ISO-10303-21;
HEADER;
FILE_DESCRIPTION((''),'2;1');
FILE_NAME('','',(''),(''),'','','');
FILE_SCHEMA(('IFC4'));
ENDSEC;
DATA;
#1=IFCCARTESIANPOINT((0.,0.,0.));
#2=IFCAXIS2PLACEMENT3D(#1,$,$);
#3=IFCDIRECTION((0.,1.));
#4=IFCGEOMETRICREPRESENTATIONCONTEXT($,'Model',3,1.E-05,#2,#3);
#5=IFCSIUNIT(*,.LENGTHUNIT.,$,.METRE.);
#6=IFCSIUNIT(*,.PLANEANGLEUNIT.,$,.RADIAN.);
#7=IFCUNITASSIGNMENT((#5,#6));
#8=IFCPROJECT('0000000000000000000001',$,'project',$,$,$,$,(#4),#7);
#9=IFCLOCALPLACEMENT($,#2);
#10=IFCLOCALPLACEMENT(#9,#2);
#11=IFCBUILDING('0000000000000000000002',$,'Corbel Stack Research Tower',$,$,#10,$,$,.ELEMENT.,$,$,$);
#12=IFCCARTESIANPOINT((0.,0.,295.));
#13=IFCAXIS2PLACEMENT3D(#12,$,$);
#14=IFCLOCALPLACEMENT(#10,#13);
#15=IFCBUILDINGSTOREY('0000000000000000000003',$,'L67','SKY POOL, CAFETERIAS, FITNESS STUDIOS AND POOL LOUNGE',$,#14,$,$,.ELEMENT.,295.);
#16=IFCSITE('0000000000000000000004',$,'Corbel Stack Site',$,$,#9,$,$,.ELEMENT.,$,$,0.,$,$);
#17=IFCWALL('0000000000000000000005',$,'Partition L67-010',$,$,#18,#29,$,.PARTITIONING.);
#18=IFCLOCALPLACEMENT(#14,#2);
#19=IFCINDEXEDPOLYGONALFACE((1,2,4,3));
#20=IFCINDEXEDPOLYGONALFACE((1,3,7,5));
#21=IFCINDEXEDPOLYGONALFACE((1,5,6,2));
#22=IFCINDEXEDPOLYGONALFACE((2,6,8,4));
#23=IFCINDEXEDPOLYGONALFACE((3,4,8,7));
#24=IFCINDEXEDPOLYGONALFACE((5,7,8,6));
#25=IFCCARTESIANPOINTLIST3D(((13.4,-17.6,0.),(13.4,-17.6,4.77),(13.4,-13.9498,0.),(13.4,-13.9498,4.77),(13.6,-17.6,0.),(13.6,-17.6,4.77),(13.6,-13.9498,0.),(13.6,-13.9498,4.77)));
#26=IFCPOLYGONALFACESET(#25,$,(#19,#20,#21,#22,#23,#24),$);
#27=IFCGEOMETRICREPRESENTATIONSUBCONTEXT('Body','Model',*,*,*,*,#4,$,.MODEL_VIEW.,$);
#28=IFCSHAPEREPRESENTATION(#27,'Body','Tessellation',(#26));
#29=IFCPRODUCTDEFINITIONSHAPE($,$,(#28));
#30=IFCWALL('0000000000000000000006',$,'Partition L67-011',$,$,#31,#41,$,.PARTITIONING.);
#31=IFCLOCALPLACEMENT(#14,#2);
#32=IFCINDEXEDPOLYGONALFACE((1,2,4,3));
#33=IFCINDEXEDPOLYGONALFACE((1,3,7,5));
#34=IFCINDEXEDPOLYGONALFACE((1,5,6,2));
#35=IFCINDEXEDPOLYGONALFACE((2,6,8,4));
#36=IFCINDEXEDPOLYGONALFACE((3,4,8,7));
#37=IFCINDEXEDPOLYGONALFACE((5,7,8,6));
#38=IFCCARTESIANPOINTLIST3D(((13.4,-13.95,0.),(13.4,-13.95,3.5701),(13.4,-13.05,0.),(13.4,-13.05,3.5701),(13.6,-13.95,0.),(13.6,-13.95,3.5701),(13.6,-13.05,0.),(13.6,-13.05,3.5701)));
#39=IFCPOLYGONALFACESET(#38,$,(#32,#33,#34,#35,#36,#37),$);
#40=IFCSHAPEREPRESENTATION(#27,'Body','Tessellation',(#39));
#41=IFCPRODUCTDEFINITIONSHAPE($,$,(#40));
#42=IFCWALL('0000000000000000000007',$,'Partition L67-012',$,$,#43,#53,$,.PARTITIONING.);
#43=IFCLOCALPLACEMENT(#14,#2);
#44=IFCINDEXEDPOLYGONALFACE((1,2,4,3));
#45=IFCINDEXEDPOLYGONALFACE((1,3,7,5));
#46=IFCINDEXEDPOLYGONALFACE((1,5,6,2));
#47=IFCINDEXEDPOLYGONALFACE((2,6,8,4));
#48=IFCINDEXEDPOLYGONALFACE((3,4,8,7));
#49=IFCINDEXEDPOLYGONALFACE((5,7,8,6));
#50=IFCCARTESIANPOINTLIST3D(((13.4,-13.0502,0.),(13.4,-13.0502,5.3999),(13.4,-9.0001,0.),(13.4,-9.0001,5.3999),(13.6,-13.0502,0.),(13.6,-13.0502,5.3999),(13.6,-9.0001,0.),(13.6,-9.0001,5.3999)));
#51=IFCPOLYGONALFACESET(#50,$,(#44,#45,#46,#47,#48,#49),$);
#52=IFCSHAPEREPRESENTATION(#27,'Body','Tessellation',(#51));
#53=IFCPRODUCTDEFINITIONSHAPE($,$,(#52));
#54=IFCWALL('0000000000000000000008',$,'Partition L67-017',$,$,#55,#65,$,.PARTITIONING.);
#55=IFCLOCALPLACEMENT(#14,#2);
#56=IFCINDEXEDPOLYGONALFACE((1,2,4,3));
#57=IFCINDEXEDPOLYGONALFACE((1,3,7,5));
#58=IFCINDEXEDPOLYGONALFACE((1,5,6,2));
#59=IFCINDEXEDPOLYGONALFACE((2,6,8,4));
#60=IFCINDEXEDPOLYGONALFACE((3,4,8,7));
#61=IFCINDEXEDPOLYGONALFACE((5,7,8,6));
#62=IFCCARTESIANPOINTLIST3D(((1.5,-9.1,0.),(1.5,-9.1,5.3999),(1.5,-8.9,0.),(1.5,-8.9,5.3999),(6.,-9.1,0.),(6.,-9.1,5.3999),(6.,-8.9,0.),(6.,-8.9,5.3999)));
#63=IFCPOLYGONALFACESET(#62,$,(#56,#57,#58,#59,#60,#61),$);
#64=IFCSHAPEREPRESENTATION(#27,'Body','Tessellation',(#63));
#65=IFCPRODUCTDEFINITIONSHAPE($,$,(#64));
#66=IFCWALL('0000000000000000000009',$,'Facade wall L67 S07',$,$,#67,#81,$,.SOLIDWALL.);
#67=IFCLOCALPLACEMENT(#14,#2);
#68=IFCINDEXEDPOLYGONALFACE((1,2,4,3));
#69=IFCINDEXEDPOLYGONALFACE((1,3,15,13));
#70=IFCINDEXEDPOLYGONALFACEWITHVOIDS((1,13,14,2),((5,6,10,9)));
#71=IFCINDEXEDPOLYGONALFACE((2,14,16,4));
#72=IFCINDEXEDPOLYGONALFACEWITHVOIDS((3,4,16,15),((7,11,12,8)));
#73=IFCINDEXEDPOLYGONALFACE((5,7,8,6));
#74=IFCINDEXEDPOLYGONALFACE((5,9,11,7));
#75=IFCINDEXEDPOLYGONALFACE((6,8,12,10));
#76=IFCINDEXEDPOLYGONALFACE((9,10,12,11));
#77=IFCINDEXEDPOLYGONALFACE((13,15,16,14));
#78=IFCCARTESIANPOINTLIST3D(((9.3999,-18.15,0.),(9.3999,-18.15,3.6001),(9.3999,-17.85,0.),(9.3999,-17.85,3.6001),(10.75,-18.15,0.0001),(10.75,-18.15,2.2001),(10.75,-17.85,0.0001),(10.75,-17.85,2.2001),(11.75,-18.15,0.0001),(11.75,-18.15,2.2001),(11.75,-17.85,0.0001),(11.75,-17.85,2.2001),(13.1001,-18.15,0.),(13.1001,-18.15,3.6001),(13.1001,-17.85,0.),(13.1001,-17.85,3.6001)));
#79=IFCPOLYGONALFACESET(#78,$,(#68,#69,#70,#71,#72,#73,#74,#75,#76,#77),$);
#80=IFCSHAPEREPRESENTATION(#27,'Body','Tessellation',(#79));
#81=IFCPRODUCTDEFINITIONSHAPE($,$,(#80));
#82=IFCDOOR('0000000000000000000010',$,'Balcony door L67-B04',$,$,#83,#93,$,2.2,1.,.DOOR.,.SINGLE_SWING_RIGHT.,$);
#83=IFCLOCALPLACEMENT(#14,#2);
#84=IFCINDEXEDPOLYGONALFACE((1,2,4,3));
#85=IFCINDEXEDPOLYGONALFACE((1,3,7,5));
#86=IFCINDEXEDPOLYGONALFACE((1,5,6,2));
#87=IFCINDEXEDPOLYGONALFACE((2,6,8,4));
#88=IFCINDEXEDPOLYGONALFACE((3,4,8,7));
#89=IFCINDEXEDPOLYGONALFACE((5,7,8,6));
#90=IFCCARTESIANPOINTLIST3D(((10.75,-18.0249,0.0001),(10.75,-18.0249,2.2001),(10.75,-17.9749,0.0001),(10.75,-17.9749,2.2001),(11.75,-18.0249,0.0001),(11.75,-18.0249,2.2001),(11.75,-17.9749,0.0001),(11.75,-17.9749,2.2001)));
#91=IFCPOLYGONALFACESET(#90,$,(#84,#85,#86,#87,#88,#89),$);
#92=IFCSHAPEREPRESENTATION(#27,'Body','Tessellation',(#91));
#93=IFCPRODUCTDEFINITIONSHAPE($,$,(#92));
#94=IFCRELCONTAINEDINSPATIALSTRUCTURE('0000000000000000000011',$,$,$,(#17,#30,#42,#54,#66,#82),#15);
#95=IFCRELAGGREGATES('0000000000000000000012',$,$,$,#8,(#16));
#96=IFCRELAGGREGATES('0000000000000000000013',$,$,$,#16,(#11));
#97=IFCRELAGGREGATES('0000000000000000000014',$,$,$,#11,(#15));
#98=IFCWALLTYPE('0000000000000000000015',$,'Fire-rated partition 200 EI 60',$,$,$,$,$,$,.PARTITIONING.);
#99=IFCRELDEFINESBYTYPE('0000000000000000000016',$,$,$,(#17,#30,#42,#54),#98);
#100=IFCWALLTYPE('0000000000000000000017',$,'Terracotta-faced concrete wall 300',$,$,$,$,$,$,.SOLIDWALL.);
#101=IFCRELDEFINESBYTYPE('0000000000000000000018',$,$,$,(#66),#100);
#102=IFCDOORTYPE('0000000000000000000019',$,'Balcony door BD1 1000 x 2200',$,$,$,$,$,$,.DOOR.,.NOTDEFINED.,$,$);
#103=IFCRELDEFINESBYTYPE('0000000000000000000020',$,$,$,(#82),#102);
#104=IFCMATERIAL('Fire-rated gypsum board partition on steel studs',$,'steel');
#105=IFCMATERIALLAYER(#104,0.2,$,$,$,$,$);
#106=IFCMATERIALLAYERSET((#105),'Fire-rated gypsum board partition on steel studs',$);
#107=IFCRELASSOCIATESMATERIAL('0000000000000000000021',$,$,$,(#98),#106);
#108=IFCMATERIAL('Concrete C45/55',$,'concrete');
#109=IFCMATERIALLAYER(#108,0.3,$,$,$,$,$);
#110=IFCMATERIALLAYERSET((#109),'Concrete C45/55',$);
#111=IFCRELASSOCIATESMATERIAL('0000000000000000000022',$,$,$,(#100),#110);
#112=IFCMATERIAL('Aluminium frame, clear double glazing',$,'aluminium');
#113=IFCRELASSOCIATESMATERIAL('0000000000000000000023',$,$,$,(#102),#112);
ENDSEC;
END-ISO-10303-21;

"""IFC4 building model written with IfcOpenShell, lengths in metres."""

from ifc_helpers import new_model, si_unit, direction, frame, frame_2d, origin, place, context, subcontext, project, spatial, rectangle, extrude, material, layer, layer_set, type_object, element, fill, save


model = new_model("IFC4")

# Units and contexts
model_context = context("Model", 3, precision=1e-05, world=origin(), true_north=direction((0.0, 1.0)))
body_context = subcontext(model_context, "Body", "Model", "MODEL_VIEW")
ifc_project = project(units=[si_unit("LENGTHUNIT", "METRE"), si_unit("PLANEANGLEUNIT", "RADIAN")], contexts=[model_context])

# Site, building, storey
site_placement = place(None, origin())
site = spatial("IfcSite", under=ifc_project, at=site_placement, Name="Corbel Stack Site", CompositionType="ELEMENT", RefElevation=0.0)
building_placement = place(site_placement, origin())
building = spatial("IfcBuilding", under=site, at=building_placement, Name="Corbel Stack Research Tower", CompositionType="ELEMENT")
storey_placement = place(building_placement, frame((0.0, 0.0, 295.0)))
storey = spatial("IfcBuildingStorey", under=building, at=storey_placement, Name="L67", Description="SKY POOL, CAFETERIAS, FITNESS STUDIOS AND POOL LOUNGE", CompositionType="ELEMENT", Elevation=295.0)

# Walls
ifc_material_1 = material(Name="Fire-rated gypsum board partition on steel studs", Category="steel")
ifc_layer_1 = layer(ifc_material_1, 0.2)
ifc_layer_set_1 = layer_set([ifc_layer_1], Name="Fire-rated gypsum board partition on steel studs")
wall_type_1 = type_object("IfcWallType", Name="Fire-rated partition 200 EI 60", PredefinedType="PARTITIONING", material=ifc_layer_set_1)
wall_1_placement = place(storey_placement, frame((13.5, -17.6001, 0.0), z_axis=(0.0, 0.0, 1.0), x_axis=(0.0, 1.0, 0.0)))
element("IfcWall", 1, at=wall_1_placement, inside=storey, type_object=wall_type_1, Name="Partition L67-010", PredefinedType="PARTITIONING", context=body_context, shape_type="SweptSolid", body=[
    extrude(rectangle(XDim=3.6501, YDim=0.2, at=frame_2d((1.8252, 0.0))), origin(), (0.0, 0.0, 1.0), 4.77),
])
wall_2_placement = place(storey_placement, frame((13.5, -13.95, 0.0), z_axis=(0.0, 0.0, 1.0), x_axis=(0.0, 1.0, 0.0)))
element("IfcWall", 2, at=wall_2_placement, inside=storey, type_object=wall_type_1, Name="Partition L67-011", PredefinedType="PARTITIONING", context=body_context, shape_type="SweptSolid", body=[
    extrude(rectangle(XDim=0.8999, YDim=0.2, at=frame_2d((0.45, 0.0))), origin(), (0.0, 0.0, 1.0), 3.5701),
])
wall_3_placement = place(storey_placement, frame((13.5, -13.05, 0.0), z_axis=(0.0, 0.0, 1.0), x_axis=(0.0, 1.0, 0.0)))
element("IfcWall", 3, at=wall_3_placement, inside=storey, type_object=wall_type_1, Name="Partition L67-012", PredefinedType="PARTITIONING", context=body_context, shape_type="SweptSolid", body=[
    extrude(rectangle(XDim=4.05, YDim=0.2, at=frame_2d((2.0249, 0.0))), origin(), (0.0, 0.0, 1.0), 5.3999),
])
wall_4_placement = place(storey_placement, frame((1.5, -9.0, 0.0), z_axis=(0.0, 0.0, 1.0), x_axis=(1.0, 0.0, 0.0)))
element("IfcWall", 4, at=wall_4_placement, inside=storey, type_object=wall_type_1, Name="Partition L67-017", PredefinedType="PARTITIONING", context=body_context, shape_type="SweptSolid", body=[
    extrude(rectangle(XDim=4.5, YDim=0.2, at=frame_2d((2.25, 0.0))), origin(), (0.0, 0.0, 1.0), 5.3999),
])

# Wall, opening, door
ifc_material_2 = material(Name="Concrete C45/55", Category="concrete")
ifc_layer_2 = layer(ifc_material_2, 0.3)
ifc_layer_set_2 = layer_set([ifc_layer_2], Name="Concrete C45/55")
wall_type_2 = type_object("IfcWallType", Name="Terracotta-faced concrete wall 300", PredefinedType="SOLIDWALL", material=ifc_layer_set_2)
wall_5_placement = place(storey_placement, frame((13.1001, -18.0, 0.0), z_axis=(0.0, 0.0, 1.0), x_axis=(-1.0, 0.0, 0.0)))
wall_5 = element("IfcWall", 5, at=wall_5_placement, inside=storey, type_object=wall_type_2, Name="Facade wall L67 S07", PredefinedType="SOLIDWALL", context=body_context, shape_type="SweptSolid", body=[
    extrude(rectangle(XDim=3.7002, YDim=0.3, at=frame_2d((1.8501, 0.0))), origin(), (0.0, 0.0, 1.0), 3.6001),
])
opening_1_placement = place(wall_5_placement, frame((1.3501, 0.0, 0.0)))
opening_1 = element("IfcOpeningElement", 6, at=opening_1_placement, cuts=wall_5, PredefinedType="OPENING", context=body_context, shape_type="SweptSolid", body=[
    extrude(rectangle(XDim=1.0, YDim=2.2, at=frame_2d((0.5, 1.1001))), frame((0.0, 0.1599, 0.0), z_axis=(0.0, -1.0, 0.0), x_axis=(1.0, 0.0, 0.0)), (0.0, 0.0, 1.0), 0.3201),
])
ifc_material_3 = material(Name="Aluminium frame, clear double glazing", Category="aluminium")
door_type_1 = type_object("IfcDoorType", Name="Balcony door BD1 1000 x 2200", OperationType="NOTDEFINED", PredefinedType="DOOR", material=ifc_material_3)
door_1_placement = place(opening_1_placement, origin())
door_1 = element("IfcDoor", 7, at=door_1_placement, inside=storey, type_object=door_type_1, Name="Balcony door L67-B04", OperationType="SINGLE_SWING_RIGHT", OverallHeight=2.2, OverallWidth=1.0, PredefinedType="DOOR", context=body_context, shape_type="SweptSolid", body=[
    extrude(rectangle(XDim=1.0, YDim=2.2, at=frame_2d((0.5, 1.1001))), frame((0.0, 0.0249, 0.0), z_axis=(0.0, -1.0, 0.0), x_axis=(1.0, 0.0, 0.0)), (0.0, 0.0, 1.0), 0.05),
])
fill(opening_1, door_1)

save(model, "model.ifc")
